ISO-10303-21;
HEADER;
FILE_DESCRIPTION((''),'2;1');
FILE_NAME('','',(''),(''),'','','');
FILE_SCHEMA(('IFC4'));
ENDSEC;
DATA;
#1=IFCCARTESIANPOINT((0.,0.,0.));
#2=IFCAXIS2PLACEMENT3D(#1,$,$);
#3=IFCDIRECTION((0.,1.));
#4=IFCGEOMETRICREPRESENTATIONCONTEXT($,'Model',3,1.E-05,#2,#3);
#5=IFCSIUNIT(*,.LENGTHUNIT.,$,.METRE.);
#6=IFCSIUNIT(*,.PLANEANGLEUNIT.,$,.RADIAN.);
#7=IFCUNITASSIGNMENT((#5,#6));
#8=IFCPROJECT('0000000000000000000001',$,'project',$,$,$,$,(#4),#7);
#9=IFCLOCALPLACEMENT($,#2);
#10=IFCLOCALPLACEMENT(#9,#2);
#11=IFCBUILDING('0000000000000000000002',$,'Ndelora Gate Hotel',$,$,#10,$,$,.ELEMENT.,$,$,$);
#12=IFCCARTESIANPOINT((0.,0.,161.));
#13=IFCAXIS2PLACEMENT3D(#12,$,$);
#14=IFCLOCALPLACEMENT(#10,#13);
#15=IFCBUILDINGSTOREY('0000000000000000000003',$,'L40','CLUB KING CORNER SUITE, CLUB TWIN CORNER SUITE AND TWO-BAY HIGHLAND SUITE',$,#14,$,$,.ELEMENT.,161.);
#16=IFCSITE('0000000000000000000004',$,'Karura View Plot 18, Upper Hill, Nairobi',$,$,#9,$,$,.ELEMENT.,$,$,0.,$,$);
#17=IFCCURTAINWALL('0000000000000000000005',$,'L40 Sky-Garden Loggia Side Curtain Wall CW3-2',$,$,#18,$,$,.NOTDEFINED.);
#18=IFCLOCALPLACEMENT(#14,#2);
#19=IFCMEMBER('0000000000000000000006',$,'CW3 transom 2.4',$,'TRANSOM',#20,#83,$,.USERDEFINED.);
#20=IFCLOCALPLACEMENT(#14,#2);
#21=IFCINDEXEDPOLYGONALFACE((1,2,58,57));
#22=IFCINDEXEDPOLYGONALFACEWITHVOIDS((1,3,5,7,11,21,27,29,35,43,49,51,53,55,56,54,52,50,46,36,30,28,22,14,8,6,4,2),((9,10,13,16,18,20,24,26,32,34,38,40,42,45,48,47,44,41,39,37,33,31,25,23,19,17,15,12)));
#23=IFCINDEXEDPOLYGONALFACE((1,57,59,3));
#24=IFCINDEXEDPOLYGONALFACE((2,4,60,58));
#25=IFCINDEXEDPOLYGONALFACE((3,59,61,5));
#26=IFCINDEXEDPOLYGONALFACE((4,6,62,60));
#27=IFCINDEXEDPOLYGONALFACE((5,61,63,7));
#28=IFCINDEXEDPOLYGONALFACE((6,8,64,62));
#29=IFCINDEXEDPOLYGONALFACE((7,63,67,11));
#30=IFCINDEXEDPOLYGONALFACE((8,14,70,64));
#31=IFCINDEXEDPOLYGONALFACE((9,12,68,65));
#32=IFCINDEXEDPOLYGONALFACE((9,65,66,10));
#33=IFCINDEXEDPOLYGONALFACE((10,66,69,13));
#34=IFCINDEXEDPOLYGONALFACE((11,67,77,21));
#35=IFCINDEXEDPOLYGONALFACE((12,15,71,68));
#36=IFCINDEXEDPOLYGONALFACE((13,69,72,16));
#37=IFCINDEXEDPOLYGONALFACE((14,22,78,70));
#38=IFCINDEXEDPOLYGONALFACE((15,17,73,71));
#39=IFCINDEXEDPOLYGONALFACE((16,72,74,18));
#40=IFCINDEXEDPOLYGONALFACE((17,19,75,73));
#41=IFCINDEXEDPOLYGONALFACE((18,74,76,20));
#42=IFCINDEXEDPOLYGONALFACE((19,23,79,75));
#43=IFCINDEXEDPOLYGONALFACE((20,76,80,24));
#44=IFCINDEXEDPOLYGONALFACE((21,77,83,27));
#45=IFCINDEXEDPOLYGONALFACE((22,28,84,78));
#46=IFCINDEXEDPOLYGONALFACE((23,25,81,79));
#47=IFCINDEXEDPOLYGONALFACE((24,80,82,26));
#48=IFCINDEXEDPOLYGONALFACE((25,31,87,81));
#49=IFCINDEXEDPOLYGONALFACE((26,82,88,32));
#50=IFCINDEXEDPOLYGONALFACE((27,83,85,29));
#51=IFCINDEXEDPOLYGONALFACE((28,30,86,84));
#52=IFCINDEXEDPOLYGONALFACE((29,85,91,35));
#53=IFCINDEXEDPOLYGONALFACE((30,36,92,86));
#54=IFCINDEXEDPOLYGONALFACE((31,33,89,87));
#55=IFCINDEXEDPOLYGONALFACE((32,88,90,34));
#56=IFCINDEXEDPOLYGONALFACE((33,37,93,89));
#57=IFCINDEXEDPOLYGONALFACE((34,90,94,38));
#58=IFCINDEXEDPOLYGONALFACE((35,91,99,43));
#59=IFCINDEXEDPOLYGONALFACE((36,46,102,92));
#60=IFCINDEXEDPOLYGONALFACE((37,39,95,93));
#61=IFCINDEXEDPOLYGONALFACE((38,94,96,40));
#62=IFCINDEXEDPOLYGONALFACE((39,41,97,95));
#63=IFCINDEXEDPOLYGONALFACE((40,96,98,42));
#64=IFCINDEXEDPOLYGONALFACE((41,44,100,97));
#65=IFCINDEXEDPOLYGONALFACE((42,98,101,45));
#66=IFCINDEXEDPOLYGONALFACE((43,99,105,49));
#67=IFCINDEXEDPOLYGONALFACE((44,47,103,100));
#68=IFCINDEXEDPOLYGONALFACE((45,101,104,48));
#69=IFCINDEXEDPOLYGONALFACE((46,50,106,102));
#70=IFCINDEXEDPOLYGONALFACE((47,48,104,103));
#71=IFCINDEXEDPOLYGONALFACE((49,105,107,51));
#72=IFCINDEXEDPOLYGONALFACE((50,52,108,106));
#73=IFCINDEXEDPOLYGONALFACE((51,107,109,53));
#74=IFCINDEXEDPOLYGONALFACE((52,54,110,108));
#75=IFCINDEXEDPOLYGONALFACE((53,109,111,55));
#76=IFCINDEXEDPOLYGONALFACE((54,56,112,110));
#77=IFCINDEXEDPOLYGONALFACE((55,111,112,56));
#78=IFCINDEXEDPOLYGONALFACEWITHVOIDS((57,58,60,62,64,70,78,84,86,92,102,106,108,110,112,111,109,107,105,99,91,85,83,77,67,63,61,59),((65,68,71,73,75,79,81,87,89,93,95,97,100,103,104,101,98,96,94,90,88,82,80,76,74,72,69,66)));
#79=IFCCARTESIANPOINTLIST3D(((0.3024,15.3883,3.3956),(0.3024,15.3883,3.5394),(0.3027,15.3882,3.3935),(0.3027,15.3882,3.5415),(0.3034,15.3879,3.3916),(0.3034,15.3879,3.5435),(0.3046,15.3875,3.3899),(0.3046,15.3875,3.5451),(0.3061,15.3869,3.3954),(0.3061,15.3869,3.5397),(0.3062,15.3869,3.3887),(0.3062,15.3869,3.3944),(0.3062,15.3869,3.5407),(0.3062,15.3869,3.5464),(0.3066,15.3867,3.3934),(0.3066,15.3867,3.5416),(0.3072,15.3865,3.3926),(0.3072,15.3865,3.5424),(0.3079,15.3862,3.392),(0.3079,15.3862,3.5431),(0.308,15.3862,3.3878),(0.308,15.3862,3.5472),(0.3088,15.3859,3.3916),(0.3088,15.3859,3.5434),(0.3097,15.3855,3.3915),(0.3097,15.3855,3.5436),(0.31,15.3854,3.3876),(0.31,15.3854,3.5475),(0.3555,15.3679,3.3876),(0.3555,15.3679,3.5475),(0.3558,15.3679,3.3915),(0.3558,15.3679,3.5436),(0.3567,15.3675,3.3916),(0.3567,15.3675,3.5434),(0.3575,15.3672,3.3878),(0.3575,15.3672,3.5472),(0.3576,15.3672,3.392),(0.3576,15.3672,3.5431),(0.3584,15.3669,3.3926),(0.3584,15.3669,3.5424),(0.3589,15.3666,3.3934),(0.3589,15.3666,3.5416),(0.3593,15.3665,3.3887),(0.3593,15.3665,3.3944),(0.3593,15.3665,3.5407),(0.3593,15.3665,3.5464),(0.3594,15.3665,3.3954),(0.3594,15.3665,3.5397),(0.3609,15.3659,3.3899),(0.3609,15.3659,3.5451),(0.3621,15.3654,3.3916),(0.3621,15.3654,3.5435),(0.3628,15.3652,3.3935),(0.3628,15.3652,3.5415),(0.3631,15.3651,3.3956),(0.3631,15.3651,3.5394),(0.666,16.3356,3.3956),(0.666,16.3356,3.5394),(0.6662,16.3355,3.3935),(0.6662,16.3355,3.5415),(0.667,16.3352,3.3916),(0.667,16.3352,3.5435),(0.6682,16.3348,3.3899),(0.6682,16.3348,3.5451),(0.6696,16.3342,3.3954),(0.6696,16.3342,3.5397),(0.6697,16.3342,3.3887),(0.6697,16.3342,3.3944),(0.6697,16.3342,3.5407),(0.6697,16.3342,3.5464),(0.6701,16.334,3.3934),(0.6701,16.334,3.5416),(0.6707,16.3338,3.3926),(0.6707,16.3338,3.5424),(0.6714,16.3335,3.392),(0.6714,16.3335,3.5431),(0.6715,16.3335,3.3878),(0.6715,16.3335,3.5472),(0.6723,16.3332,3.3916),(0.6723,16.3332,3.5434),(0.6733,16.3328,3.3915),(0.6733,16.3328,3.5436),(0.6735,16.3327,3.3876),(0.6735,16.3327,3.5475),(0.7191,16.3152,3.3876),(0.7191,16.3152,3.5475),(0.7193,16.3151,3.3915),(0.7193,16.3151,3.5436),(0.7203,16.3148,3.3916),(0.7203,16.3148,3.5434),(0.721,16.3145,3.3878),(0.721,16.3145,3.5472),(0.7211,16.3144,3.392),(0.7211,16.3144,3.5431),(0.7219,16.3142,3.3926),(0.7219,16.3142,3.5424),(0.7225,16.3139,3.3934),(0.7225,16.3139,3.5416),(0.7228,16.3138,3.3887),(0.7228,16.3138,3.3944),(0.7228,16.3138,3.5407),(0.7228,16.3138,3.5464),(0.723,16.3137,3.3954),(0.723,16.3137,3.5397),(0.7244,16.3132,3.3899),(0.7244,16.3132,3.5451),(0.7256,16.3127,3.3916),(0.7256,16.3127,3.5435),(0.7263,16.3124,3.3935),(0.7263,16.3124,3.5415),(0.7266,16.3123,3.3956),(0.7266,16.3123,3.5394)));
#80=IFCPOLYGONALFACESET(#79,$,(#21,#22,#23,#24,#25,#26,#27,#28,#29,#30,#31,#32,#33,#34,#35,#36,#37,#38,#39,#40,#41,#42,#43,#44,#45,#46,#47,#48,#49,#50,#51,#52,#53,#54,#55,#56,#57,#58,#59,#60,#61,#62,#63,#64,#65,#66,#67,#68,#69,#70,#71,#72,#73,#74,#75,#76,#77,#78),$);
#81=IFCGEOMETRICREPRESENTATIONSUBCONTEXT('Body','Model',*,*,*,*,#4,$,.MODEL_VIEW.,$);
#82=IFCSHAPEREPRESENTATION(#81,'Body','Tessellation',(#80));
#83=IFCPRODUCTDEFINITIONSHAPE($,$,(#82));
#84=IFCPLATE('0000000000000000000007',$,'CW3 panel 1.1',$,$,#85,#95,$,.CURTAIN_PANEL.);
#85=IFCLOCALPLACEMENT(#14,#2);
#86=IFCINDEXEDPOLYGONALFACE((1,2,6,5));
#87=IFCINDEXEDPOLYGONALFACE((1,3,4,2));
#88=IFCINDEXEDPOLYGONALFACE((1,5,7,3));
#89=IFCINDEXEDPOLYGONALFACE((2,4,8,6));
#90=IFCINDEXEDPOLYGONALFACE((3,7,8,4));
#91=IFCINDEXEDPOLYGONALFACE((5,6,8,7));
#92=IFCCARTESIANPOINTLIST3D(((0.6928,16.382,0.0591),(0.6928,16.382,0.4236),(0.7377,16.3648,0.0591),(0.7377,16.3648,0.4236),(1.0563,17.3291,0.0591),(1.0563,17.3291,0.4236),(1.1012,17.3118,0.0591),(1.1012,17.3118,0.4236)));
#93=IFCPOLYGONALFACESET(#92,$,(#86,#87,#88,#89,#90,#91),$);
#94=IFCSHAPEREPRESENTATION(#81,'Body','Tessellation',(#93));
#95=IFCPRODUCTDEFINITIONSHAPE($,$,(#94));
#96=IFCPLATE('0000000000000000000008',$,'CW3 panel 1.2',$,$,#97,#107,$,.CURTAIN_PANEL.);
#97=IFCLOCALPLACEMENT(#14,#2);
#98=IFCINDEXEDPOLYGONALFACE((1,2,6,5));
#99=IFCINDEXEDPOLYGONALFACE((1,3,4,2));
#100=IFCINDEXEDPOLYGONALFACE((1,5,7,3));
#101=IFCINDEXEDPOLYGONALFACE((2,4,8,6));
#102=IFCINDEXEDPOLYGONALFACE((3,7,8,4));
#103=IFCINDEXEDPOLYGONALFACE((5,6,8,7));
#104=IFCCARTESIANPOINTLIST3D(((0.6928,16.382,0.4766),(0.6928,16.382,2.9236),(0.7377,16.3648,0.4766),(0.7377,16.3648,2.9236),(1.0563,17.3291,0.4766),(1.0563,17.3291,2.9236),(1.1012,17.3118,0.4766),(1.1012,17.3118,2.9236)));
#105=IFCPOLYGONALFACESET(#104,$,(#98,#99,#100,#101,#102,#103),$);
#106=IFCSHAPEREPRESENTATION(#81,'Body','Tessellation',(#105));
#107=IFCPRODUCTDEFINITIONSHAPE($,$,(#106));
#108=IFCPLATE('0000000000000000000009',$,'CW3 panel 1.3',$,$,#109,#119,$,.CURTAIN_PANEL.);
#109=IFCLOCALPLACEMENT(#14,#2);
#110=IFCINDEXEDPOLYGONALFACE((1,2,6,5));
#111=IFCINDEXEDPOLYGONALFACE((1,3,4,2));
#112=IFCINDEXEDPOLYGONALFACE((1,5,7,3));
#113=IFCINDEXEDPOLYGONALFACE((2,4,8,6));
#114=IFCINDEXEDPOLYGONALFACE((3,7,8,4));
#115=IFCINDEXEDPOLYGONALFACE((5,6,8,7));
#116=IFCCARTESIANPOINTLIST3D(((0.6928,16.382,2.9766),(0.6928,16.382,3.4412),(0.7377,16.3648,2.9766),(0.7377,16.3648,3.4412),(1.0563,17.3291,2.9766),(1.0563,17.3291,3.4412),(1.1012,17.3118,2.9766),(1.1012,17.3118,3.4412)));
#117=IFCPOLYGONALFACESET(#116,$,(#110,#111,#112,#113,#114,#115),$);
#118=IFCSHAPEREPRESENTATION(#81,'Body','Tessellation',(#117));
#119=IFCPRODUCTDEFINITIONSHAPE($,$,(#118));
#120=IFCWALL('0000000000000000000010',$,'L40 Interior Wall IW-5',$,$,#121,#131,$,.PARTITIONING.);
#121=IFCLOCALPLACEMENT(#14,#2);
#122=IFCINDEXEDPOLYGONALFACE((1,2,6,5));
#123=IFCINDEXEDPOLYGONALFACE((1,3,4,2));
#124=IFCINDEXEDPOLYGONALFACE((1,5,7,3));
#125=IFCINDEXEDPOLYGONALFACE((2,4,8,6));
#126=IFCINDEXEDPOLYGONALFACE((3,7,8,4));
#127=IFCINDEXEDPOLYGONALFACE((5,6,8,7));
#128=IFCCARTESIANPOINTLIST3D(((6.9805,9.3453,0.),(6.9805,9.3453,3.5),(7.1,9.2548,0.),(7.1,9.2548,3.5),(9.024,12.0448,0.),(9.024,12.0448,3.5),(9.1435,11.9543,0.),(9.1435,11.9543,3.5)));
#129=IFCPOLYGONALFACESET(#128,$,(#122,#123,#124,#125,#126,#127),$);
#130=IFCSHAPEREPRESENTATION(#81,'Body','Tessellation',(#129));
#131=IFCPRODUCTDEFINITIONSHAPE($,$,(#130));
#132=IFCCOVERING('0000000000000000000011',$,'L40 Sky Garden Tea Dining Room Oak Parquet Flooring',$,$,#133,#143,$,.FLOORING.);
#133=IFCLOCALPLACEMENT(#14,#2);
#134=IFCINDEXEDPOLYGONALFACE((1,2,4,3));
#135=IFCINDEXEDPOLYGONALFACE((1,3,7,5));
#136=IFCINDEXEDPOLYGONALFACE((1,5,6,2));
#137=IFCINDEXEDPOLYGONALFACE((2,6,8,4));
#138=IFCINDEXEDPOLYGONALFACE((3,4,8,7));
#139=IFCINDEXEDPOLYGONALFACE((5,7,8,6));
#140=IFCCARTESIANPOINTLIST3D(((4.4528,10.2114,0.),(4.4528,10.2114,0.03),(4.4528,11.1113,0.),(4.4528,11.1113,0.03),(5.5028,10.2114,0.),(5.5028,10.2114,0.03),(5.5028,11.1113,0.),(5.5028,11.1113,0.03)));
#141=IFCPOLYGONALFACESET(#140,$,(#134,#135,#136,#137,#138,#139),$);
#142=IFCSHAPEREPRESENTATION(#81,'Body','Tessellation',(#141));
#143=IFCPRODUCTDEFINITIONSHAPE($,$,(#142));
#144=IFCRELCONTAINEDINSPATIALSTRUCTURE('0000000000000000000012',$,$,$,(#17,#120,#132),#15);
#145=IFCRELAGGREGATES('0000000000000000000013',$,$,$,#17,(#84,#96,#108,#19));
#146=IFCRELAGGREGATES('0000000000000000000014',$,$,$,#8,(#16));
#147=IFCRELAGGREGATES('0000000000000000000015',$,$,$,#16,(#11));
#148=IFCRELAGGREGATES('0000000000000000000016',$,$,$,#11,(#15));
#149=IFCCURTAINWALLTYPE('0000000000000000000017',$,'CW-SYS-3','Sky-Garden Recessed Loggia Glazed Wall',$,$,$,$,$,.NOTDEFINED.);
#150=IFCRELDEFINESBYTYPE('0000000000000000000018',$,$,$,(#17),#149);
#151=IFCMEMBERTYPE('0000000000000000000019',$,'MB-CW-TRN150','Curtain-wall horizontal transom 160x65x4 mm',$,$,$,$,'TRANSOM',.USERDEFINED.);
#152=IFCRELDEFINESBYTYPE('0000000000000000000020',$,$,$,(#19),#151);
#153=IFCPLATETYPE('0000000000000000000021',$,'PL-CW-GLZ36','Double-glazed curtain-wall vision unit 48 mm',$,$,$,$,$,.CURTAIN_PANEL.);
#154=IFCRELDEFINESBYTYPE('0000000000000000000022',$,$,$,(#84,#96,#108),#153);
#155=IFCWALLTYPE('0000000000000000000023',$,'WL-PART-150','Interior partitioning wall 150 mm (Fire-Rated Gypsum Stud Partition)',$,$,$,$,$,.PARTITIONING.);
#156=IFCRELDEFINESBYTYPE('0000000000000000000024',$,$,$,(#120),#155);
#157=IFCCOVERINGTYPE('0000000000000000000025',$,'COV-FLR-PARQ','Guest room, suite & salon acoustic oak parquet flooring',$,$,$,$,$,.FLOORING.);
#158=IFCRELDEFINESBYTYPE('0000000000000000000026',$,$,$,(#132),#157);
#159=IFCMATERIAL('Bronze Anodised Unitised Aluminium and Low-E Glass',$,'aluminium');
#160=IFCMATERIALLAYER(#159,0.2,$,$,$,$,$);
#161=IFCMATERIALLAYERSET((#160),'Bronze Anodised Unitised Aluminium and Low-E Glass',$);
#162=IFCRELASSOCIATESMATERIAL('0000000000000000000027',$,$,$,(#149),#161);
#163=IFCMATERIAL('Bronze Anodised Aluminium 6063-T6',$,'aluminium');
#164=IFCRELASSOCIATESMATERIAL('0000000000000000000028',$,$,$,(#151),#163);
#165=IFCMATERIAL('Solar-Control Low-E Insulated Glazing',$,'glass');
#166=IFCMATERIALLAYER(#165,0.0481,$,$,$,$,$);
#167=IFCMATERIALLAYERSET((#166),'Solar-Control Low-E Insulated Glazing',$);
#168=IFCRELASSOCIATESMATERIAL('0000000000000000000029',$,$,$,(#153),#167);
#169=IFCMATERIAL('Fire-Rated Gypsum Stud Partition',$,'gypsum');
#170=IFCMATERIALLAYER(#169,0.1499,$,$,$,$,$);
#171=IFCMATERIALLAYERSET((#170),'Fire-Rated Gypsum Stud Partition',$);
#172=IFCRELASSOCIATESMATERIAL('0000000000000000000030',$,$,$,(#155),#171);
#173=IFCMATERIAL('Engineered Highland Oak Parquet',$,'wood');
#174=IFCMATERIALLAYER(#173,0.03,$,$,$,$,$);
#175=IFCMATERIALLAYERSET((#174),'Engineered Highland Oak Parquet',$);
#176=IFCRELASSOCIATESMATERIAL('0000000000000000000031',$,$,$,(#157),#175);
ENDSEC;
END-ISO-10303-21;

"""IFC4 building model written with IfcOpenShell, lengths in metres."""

from ifc_helpers import new_model, si_unit, direction, frame, frame_2d, origin, origin_2d, place, context, subcontext, project, spatial, rectangle, hollow_rectangle, extrude, material, layer, layer_set, material_profile, profile_set, type_object, element, aggregate, save


model = new_model("IFC4")

# Units and contexts
model_context = context("Model", 3, precision=1e-05, world=origin(), true_north=direction((0.0, 1.0)))
body_context = subcontext(model_context, "Body", "Model", "MODEL_VIEW")
ifc_project = project(units=[si_unit("LENGTHUNIT", "METRE"), si_unit("PLANEANGLEUNIT", "RADIAN")], contexts=[model_context])

# Site, building, storey
site_placement = place(None, origin())
site = spatial("IfcSite", under=ifc_project, at=site_placement, Name="Karura View Plot 18, Upper Hill, Nairobi", CompositionType="ELEMENT", RefElevation=0.0)
building_placement = place(site_placement, origin())
building = spatial("IfcBuilding", under=site, at=building_placement, Name="Ndelora Gate Hotel", CompositionType="ELEMENT")
storey_placement = place(building_placement, frame((0.0, 0.0, 161.0)))
storey = spatial("IfcBuildingStorey", under=building, at=storey_placement, Name="L40", Description="CLUB KING CORNER SUITE, CLUB TWIN CORNER SUITE AND TWO-BAY HIGHLAND SUITE", CompositionType="ELEMENT", Elevation=161.0)

# Curtain wall, member, plates
ifc_material_1 = material(Name="Bronze Anodised Unitised Aluminium and Low-E Glass", Category="aluminium")
ifc_layer_1 = layer(ifc_material_1, 0.2)
ifc_layer_set_1 = layer_set([ifc_layer_1], Name="Bronze Anodised Unitised Aluminium and Low-E Glass")
curtain_wall_type = type_object("IfcCurtainWallType", Name="CW-SYS-3", Description="Sky-Garden Recessed Loggia Glazed Wall", PredefinedType="NOTDEFINED", material=ifc_layer_set_1)
curtain_wall_placement = place(storey_placement, origin())
curtain_wall = element("IfcCurtainWall", 1, at=curtain_wall_placement, inside=storey, type_object=curtain_wall_type, Name="L40 Sky-Garden Loggia Side Curtain Wall CW3-2", PredefinedType="NOTDEFINED")
ifc_material_2 = material(Name="Bronze Anodised Aluminium 6063-T6", Category="aluminium")
ifc_material_profile_1 = material_profile(ifc_material_2, hollow_rectangle(XDim=0.0649, YDim=0.1599, WallThickness=0.0039, InnerFilletRadius=0.0039, OuterFilletRadius=0.0081, at=origin_2d()), Name="ALU 160x65x4")
ifc_profile_set_1 = profile_set([ifc_material_profile_1], Name="Bronze Anodised Aluminium 6063-T6")
member_type_1 = type_object("IfcMemberType", Name="MB-CW-TRN150", Description="Curtain-wall horizontal transom 160x65x4 mm", ElementType="TRANSOM", PredefinedType="USERDEFINED", material=ifc_profile_set_1)
member_1_placement = place(storey_placement, frame((0.6963, 16.324, 3.4675), z_axis=(-0.358286, -0.933612, 0.0), x_axis=(0.933612, -0.358286, 0.0)))
member_1 = element("IfcMember", 2, at=member_1_placement, type_object=member_type_1, Name="CW3 transom 2.4", ObjectType="TRANSOM", PredefinedType="USERDEFINED", context=body_context, shape_type="SweptSolid", body=[
    extrude(hollow_rectangle(XDim=0.0649, YDim=0.1599, WallThickness=0.0039, InnerFilletRadius=0.0039, OuterFilletRadius=0.0081, at=origin_2d()), origin(), (0.0, 0.0, 1.0), 1.0146),
])
ifc_material_3 = material(Name="Solar-Control Low-E Insulated Glazing", Category="glass")
ifc_layer_2 = layer(ifc_material_3, 0.0481)
ifc_layer_set_2 = layer_set([ifc_layer_2], Name="Solar-Control Low-E Insulated Glazing")
plate_type = type_object("IfcPlateType", Name="PL-CW-GLZ36", Description="Double-glazed curtain-wall vision unit 48 mm", PredefinedType="CURTAIN_PANEL", material=ifc_layer_set_2)
plate_1_placement = place(storey_placement, frame((0.897, 16.8469, 0.0591), z_axis=(0.0, 0.0, 1.0), x_axis=(-0.358376, -0.933577, 0.0)))
plate_1 = element("IfcPlate", 3, at=plate_1_placement, type_object=plate_type, Name="CW3 panel 1.1", PredefinedType="CURTAIN_PANEL", context=body_context, shape_type="SweptSolid", body=[
    extrude(rectangle(XDim=1.0144, YDim=0.0481, at=origin_2d()), origin(), (0.0, 0.0, 1.0), 0.3645),
])
plate_2_placement = place(storey_placement, frame((0.897, 16.8469, 0.4766), z_axis=(0.0, 0.0, 1.0), x_axis=(-0.358376, -0.933577, 0.0)))
plate_2 = element("IfcPlate", 4, at=plate_2_placement, type_object=plate_type, Name="CW3 panel 1.2", PredefinedType="CURTAIN_PANEL", context=body_context, shape_type="SweptSolid", body=[
    extrude(rectangle(XDim=1.0144, YDim=0.0481, at=origin_2d()), origin(), (0.0, 0.0, 1.0), 2.447),
])
plate_3_placement = place(storey_placement, frame((0.897, 16.8469, 2.9766), z_axis=(0.0, 0.0, 1.0), x_axis=(-0.358376, -0.933577, 0.0)))
plate_3 = element("IfcPlate", 5, at=plate_3_placement, type_object=plate_type, Name="CW3 panel 1.3", PredefinedType="CURTAIN_PANEL", context=body_context, shape_type="SweptSolid", body=[
    extrude(rectangle(XDim=1.0144, YDim=0.0481, at=origin_2d()), origin(), (0.0, 0.0, 1.0), 0.4646),
])
aggregate(curtain_wall, [plate_1, plate_2, plate_3, member_1])

# Wall
ifc_material_4 = material(Name="Fire-Rated Gypsum Stud Partition", Category="gypsum")
ifc_layer_3 = layer(ifc_material_4, 0.1499)
ifc_layer_set_3 = layer_set([ifc_layer_3], Name="Fire-Rated Gypsum Stud Partition")
wall_type = type_object("IfcWallType", Name="WL-PART-150", Description="Interior partitioning wall 150 mm (Fire-Rated Gypsum Stud Partition)", PredefinedType="PARTITIONING", material=ifc_layer_set_3)
wall_placement = place(storey_placement, frame((7.0403, 9.3, 0.0), z_axis=(0.0, 0.0, 1.0), x_axis=(0.603559, 0.797318, 0.0)))
element("IfcWall", 6, at=wall_placement, inside=storey, type_object=wall_type, Name="L40 Interior Wall IW-5", PredefinedType="PARTITIONING", context=body_context, shape_type="SweptSolid", body=[
    extrude(rectangle(XDim=3.3857, YDim=0.1499, at=frame_2d((1.6929, 0.0))), origin(), (0.0, 0.0, 1.0), 3.5),
])

# Covering
ifc_material_5 = material(Name="Engineered Highland Oak Parquet", Category="wood")
ifc_layer_4 = layer(ifc_material_5, 0.03)
ifc_layer_set_4 = layer_set([ifc_layer_4], Name="Engineered Highland Oak Parquet")
covering_type = type_object("IfcCoveringType", Name="COV-FLR-PARQ", Description="Guest room, suite & salon acoustic oak parquet flooring", PredefinedType="FLOORING", material=ifc_layer_set_4)
covering_placement = place(storey_placement, frame((4.9778, 10.6614, 0.0), z_axis=(0.0, 0.0, 1.0), x_axis=(1.0, 0.0, 0.0)))
element("IfcCovering", 7, at=covering_placement, inside=storey, type_object=covering_type, Name="L40 Sky Garden Tea Dining Room Oak Parquet Flooring", PredefinedType="FLOORING", context=body_context, shape_type="SweptSolid", body=[
    extrude(rectangle(XDim=1.05, YDim=0.8999, at=origin_2d()), origin(), (0.0, 0.0, 1.0), 0.03),
])

save(model, "model.ifc")
